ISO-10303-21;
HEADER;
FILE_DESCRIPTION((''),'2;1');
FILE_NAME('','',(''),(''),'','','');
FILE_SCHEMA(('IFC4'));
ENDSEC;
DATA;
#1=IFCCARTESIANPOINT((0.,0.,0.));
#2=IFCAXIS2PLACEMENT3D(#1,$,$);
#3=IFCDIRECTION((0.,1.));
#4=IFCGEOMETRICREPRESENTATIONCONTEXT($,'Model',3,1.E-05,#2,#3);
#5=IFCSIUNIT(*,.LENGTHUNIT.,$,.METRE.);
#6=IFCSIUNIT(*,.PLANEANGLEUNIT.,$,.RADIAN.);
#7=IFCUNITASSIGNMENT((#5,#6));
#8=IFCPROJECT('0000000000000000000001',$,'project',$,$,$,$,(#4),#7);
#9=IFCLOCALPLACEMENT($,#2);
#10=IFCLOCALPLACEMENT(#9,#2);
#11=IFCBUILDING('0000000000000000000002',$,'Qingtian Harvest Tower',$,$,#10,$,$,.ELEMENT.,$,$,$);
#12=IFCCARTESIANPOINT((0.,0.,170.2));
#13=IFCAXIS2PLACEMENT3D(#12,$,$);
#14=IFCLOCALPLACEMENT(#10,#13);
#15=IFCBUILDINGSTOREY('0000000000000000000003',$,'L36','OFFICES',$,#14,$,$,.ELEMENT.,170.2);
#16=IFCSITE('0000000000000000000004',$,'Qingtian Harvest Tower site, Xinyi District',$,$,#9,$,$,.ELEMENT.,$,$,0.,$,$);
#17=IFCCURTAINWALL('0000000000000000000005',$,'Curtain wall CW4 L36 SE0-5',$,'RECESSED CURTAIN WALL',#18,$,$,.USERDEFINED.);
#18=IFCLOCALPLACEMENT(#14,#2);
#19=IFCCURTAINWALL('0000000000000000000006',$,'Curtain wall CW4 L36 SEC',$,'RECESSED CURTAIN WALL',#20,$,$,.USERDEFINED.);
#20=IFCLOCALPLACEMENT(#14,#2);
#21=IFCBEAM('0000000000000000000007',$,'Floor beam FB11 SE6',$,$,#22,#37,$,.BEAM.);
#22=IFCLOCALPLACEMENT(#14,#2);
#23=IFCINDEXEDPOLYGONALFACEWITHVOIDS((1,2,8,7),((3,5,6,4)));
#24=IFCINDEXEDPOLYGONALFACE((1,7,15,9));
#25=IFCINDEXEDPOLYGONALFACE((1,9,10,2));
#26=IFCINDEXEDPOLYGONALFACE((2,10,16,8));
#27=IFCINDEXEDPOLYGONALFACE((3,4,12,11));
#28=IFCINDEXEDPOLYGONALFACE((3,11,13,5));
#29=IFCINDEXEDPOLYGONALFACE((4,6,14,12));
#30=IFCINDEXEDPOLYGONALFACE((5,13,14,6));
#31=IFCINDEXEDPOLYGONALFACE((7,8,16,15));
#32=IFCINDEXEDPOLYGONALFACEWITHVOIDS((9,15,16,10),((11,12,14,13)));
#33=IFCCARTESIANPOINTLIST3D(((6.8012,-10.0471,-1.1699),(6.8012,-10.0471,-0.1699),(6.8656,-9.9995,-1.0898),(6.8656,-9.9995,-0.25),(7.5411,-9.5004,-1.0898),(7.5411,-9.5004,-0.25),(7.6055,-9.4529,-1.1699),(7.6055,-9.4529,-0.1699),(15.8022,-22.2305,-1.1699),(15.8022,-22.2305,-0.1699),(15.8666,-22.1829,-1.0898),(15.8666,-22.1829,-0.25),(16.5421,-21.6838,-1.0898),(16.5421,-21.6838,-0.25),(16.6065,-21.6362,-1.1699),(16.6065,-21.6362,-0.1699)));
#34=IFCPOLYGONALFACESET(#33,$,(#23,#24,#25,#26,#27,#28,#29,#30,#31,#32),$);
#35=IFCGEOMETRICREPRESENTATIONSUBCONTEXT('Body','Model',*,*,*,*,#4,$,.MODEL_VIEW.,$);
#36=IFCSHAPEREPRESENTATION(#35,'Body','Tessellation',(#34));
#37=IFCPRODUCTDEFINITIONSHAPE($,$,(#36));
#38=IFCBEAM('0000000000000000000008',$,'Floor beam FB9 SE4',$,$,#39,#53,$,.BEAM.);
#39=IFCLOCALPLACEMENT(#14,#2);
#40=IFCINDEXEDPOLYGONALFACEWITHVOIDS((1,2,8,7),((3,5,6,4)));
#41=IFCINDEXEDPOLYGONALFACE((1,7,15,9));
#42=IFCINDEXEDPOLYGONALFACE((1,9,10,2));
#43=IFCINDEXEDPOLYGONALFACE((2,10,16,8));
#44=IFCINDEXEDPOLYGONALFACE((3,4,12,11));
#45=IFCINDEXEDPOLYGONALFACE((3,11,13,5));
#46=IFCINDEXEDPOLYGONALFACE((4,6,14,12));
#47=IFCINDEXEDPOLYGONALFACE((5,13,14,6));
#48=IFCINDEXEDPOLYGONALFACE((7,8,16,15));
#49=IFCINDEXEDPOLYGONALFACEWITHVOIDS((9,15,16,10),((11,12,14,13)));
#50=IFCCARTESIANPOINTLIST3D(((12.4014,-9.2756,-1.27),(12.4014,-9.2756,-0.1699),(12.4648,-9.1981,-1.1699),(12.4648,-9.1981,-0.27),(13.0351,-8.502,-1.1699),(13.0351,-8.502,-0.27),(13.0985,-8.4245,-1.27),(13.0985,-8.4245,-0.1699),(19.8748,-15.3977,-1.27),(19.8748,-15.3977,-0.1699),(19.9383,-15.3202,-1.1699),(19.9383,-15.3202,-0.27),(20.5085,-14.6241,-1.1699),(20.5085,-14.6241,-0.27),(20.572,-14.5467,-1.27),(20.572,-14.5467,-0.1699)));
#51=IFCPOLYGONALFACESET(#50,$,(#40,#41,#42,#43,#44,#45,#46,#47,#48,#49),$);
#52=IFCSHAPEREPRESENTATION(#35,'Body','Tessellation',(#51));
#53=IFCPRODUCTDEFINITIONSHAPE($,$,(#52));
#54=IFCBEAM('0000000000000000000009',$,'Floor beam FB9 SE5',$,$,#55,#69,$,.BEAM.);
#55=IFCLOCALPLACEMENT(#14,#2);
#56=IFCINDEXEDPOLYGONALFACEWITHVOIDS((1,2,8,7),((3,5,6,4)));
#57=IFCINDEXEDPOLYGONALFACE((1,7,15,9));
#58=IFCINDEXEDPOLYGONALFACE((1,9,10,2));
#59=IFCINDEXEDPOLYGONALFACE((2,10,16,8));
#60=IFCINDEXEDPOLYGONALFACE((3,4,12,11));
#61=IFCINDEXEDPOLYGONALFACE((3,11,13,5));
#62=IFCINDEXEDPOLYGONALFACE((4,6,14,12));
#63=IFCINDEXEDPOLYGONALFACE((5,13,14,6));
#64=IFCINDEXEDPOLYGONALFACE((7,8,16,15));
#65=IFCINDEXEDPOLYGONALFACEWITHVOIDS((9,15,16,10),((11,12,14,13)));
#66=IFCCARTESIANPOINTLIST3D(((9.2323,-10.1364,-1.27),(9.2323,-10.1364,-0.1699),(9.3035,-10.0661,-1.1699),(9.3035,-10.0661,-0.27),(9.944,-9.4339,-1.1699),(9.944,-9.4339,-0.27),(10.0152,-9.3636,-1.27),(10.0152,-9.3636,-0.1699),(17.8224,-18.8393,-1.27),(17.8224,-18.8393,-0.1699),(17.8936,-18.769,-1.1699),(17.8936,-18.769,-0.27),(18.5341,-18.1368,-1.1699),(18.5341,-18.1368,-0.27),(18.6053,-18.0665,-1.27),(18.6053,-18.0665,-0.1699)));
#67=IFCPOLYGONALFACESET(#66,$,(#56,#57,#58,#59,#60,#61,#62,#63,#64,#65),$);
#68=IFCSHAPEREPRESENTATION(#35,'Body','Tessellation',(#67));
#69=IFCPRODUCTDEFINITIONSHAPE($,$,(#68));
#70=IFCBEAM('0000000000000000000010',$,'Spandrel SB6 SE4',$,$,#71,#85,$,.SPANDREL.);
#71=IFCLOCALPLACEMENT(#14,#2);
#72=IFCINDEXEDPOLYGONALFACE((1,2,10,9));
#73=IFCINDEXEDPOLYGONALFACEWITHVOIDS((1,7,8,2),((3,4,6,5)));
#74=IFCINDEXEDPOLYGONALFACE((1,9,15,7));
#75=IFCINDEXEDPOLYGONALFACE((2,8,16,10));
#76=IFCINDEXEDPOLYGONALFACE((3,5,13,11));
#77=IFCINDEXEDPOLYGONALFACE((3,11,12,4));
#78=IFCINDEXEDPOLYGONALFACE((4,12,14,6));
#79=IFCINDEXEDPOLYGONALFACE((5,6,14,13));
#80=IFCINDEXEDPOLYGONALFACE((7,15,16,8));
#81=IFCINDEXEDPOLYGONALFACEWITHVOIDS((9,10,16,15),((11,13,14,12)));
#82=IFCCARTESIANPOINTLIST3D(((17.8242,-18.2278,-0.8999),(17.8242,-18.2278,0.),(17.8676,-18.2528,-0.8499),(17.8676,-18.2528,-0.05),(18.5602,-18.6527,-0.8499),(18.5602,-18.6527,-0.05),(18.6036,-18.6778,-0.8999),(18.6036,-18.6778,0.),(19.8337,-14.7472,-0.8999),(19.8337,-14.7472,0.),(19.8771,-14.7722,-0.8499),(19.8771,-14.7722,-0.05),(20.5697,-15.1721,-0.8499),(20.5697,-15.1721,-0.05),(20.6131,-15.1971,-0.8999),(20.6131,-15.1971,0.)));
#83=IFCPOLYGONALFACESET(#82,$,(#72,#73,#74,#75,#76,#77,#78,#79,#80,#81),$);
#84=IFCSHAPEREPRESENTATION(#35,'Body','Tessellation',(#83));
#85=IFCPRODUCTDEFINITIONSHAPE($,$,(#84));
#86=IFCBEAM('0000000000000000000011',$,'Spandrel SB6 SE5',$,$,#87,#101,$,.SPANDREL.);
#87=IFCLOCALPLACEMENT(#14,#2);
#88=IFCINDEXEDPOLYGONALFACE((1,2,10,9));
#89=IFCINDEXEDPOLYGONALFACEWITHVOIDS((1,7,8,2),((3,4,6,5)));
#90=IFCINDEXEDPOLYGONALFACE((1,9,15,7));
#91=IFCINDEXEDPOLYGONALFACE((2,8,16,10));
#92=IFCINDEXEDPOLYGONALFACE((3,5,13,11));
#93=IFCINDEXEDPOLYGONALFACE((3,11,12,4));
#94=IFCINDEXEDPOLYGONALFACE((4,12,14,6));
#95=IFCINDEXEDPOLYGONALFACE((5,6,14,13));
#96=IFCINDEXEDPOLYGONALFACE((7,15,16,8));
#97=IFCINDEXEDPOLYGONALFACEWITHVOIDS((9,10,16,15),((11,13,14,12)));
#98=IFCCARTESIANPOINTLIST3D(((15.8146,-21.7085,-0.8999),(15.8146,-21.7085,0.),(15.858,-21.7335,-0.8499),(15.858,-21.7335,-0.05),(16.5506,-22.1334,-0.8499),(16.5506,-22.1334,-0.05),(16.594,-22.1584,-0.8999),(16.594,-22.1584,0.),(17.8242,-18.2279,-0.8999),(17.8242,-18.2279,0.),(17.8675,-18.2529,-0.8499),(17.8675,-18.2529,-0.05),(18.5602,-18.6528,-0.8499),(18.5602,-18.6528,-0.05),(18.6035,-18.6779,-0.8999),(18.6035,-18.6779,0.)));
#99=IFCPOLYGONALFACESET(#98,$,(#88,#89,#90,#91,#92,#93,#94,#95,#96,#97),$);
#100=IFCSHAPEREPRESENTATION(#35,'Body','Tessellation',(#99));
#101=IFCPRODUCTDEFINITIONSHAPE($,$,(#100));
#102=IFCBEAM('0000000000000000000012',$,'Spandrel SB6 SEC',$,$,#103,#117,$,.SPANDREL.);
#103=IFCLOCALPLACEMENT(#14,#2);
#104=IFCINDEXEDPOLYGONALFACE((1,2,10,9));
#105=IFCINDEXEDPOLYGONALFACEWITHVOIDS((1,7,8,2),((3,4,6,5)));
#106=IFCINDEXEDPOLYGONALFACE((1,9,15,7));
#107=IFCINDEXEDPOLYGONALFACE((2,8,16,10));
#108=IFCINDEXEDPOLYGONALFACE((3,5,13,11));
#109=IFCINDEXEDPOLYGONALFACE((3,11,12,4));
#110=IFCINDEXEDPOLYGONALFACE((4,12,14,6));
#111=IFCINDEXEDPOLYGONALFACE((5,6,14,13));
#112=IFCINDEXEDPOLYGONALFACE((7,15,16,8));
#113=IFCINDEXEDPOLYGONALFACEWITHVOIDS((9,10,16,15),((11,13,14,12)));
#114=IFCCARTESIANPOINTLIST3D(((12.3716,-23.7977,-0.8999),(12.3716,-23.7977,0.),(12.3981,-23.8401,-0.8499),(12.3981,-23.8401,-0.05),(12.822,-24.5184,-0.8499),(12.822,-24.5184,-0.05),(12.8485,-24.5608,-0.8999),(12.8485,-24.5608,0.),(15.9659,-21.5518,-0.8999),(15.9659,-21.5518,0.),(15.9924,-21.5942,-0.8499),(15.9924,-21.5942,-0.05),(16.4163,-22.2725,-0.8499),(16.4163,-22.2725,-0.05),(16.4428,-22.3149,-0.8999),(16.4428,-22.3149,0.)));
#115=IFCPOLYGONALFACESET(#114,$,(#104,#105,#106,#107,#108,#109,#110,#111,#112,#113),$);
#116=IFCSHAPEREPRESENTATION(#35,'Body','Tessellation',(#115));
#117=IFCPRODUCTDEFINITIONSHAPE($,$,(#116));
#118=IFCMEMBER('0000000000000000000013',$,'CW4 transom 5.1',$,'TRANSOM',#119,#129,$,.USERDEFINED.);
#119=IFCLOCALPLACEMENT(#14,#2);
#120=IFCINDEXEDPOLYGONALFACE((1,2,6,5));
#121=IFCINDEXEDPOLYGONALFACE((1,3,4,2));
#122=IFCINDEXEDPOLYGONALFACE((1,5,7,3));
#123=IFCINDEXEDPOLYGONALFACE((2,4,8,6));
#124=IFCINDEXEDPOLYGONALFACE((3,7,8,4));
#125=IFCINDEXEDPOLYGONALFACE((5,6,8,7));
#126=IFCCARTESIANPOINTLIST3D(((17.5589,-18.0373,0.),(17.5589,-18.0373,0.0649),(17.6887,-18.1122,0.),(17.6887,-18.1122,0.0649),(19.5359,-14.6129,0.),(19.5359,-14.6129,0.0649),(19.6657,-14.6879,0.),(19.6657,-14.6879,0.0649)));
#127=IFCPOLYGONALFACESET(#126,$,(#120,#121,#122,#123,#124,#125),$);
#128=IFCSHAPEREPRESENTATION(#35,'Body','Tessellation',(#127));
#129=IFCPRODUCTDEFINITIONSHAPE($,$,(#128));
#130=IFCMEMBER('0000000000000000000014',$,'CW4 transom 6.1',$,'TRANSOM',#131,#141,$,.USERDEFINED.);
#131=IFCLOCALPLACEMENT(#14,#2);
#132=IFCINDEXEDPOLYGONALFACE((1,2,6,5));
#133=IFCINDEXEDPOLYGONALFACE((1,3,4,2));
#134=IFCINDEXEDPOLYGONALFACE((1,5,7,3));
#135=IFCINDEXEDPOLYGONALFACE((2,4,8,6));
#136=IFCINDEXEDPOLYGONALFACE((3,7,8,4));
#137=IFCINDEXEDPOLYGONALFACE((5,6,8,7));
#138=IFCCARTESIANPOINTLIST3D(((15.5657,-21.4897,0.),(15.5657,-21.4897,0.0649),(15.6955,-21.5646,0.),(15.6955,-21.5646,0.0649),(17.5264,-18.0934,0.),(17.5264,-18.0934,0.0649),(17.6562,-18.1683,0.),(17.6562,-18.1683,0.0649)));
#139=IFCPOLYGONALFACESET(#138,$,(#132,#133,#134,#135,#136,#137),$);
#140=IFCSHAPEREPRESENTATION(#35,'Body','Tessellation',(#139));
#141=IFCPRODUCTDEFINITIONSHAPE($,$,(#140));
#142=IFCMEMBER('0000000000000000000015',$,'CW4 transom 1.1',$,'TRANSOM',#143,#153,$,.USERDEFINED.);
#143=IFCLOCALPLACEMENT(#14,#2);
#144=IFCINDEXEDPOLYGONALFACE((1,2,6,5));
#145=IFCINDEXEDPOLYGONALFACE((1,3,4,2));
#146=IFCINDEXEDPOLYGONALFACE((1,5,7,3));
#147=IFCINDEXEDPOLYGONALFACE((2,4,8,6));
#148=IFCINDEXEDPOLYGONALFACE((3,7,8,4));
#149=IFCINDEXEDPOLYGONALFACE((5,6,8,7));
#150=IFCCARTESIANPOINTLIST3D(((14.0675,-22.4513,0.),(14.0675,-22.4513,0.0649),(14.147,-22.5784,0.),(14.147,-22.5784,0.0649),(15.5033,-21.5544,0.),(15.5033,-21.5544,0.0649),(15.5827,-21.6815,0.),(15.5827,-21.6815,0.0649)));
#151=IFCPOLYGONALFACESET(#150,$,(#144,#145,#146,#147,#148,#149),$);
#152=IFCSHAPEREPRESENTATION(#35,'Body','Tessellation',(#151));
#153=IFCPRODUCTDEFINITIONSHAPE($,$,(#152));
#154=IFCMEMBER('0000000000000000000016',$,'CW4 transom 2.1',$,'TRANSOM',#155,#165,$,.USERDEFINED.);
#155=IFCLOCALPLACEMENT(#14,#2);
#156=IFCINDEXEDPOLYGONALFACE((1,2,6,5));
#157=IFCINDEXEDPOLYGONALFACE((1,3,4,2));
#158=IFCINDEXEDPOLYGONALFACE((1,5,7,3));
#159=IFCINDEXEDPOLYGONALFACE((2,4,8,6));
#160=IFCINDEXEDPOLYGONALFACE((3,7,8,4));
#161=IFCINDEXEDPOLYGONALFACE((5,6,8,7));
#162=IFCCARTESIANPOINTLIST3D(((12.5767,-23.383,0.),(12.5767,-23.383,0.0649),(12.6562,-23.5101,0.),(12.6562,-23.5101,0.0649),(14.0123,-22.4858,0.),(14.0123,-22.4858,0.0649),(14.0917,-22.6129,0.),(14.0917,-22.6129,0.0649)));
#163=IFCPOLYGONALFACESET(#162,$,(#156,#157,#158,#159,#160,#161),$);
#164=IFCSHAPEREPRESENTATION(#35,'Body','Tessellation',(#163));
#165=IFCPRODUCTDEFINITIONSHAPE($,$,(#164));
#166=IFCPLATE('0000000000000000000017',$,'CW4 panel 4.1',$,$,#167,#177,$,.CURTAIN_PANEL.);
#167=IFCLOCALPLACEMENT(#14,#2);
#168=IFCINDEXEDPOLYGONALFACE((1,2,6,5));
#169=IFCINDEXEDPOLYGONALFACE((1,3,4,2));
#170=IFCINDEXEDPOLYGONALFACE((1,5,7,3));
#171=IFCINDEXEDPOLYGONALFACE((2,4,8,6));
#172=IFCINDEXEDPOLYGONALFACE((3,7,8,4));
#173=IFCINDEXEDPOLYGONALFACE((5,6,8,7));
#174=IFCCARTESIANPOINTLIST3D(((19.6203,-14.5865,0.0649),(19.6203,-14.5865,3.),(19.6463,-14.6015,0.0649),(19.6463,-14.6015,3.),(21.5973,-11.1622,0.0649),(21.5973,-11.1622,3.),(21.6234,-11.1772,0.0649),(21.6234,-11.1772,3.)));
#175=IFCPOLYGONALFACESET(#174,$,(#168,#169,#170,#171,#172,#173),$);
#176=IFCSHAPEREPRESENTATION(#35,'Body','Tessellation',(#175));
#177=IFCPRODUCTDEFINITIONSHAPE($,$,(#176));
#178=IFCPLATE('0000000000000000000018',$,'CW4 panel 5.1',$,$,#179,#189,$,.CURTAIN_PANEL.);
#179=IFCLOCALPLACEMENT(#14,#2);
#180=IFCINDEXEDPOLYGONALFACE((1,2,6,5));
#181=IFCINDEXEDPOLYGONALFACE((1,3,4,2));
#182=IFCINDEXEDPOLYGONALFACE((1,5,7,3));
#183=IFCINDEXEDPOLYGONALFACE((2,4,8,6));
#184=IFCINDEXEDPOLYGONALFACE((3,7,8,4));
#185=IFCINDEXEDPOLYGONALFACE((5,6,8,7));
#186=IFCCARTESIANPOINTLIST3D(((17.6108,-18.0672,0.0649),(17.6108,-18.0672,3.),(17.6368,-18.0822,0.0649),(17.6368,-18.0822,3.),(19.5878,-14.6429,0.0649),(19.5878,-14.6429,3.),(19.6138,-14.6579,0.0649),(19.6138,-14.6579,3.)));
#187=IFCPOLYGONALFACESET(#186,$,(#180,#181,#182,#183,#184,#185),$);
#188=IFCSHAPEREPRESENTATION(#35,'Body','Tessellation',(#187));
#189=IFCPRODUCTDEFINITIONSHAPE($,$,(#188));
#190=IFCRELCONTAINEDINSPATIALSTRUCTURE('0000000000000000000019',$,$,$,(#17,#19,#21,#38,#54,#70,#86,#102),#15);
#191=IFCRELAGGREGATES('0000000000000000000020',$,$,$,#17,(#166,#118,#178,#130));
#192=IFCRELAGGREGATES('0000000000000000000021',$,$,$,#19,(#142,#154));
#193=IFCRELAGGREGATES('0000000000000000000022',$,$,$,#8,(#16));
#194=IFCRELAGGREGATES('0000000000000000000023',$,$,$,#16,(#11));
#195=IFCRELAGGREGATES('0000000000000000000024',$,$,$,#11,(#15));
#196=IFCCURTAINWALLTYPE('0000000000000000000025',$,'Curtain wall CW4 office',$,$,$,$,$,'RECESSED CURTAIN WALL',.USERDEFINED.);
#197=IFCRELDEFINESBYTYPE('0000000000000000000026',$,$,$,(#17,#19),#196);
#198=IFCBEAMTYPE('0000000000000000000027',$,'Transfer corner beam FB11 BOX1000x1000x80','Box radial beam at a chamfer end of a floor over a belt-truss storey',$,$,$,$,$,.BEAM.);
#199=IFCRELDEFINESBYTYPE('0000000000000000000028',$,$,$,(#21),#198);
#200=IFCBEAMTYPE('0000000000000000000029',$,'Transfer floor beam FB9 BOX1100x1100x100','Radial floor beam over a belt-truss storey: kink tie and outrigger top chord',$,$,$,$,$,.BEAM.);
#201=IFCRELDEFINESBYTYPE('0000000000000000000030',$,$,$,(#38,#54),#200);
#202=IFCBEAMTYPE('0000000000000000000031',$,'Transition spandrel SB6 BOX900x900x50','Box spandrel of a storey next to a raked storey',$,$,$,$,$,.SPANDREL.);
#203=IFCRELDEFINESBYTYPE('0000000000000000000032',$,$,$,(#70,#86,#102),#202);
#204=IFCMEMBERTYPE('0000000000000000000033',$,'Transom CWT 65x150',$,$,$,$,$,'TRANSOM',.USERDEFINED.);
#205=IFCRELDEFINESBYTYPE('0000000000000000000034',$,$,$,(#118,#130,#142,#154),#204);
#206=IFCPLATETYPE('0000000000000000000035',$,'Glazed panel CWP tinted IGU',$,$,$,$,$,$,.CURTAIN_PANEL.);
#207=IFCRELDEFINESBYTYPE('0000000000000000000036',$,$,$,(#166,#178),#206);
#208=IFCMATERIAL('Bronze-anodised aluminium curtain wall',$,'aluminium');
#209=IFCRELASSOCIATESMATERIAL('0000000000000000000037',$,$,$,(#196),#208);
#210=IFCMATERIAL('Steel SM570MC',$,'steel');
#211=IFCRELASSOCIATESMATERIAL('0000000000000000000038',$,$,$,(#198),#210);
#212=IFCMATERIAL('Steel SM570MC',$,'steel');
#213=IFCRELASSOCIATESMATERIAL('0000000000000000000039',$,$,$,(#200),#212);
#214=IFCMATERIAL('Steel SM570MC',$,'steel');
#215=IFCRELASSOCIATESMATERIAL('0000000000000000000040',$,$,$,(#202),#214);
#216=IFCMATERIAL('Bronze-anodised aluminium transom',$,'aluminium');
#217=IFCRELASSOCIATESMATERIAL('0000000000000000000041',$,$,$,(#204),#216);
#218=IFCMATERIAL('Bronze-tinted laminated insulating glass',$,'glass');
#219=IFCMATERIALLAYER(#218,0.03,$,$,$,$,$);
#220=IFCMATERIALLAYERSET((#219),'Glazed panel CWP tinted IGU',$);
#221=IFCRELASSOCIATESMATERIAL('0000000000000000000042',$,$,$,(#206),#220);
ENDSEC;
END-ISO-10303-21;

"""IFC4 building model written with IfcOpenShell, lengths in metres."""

from ifc_helpers import new_model, si_unit, direction, frame, origin, origin_2d, place, context, subcontext, project, spatial, rectangle, hollow_rectangle, extrude, material, layer, layer_set, material_profile, profile_set, type_object, element, aggregate, save


model = new_model("IFC4")

# Units and contexts
model_context = context("Model", 3, precision=1e-05, world=origin(), true_north=direction((0.0, 1.0)))
body_context = subcontext(model_context, "Body", "Model", "MODEL_VIEW")
ifc_project = project(units=[si_unit("LENGTHUNIT", "METRE"), si_unit("PLANEANGLEUNIT", "RADIAN")], contexts=[model_context])

# Site, building, storey
site_placement = place(None, origin())
site = spatial("IfcSite", under=ifc_project, at=site_placement, Name="Qingtian Harvest Tower site, Xinyi District", CompositionType="ELEMENT", RefElevation=0.0)
building_placement = place(site_placement, origin())
building = spatial("IfcBuilding", under=site, at=building_placement, Name="Qingtian Harvest Tower", CompositionType="ELEMENT")
storey_placement = place(building_placement, frame((0.0, 0.0, 170.2)))
storey = spatial("IfcBuildingStorey", under=building, at=storey_placement, Name="L36", Description="OFFICES", CompositionType="ELEMENT", Elevation=170.2)

# Curtain walls
ifc_material_1 = material(Name="Bronze-anodised aluminium curtain wall", Category="aluminium")
curtain_wall_type = type_object("IfcCurtainWallType", Name="Curtain wall CW4 office", ElementType="RECESSED CURTAIN WALL", PredefinedType="USERDEFINED", material=ifc_material_1)
curtain_wall_1_placement = place(storey_placement, origin())
curtain_wall_1 = element("IfcCurtainWall", 1, at=curtain_wall_1_placement, inside=storey, type_object=curtain_wall_type, Name="Curtain wall CW4 L36 SE0-5", ObjectType="RECESSED CURTAIN WALL", PredefinedType="USERDEFINED")
curtain_wall_2_placement = place(storey_placement, origin())
curtain_wall_2 = element("IfcCurtainWall", 2, at=curtain_wall_2_placement, inside=storey, type_object=curtain_wall_type, Name="Curtain wall CW4 L36 SEC", ObjectType="RECESSED CURTAIN WALL", PredefinedType="USERDEFINED")

# Beams
ifc_material_2 = material(Name="Steel SM570MC", Category="steel")
ifc_material_profile_1 = material_profile(ifc_material_2, hollow_rectangle(XDim=1.0, YDim=1.0, WallThickness=0.0801, at=origin_2d()), Name="BOX1000x1000x80")
ifc_profile_set_1 = profile_set([ifc_material_profile_1], Name="Steel SM570MC")
beam_type_1 = type_object("IfcBeamType", Name="Transfer corner beam FB11 BOX1000x1000x80", Description="Box radial beam at a chamfer end of a floor over a belt-truss storey", PredefinedType="BEAM", material=ifc_profile_set_1)
beam_1_placement = place(storey_placement, frame((16.2043, -21.9333, -0.6699), z_axis=(-0.594216, 0.804306, 0.0), x_axis=(-0.804306, -0.594216, 0.0)))
element("IfcBeam", 3, at=beam_1_placement, inside=storey, type_object=beam_type_1, Name="Floor beam FB11 SE6", PredefinedType="BEAM", context=body_context, shape_type="SweptSolid", body=[
    extrude(hollow_rectangle(XDim=1.0, YDim=1.0, WallThickness=0.0801, at=origin_2d()), origin(), (0.0, 0.0, 1.0), 15.1477),
])
ifc_material_3 = material(Name="Steel SM570MC", Category="steel")
ifc_material_profile_2 = material_profile(ifc_material_3, hollow_rectangle(XDim=1.1001, YDim=1.1001, WallThickness=0.1001, at=origin_2d()), Name="BOX1100x1100x100")
ifc_profile_set_2 = profile_set([ifc_material_profile_2], Name="Steel SM570MC")
beam_type_2 = type_object("IfcBeamType", Name="Transfer floor beam FB9 BOX1100x1100x100", Description="Radial floor beam over a belt-truss storey: kink tie and outrigger top chord", PredefinedType="BEAM", material=ifc_profile_set_2)
beam_2_placement = place(storey_placement, frame((20.2234, -14.9722, -0.72), z_axis=(-0.773578, 0.633701, 0.0), x_axis=(-0.633701, -0.773578, 0.0)))
element("IfcBeam", 4, at=beam_2_placement, inside=storey, type_object=beam_type_2, Name="Floor beam FB9 SE4", PredefinedType="BEAM", context=body_context, shape_type="SweptSolid", body=[
    extrude(hollow_rectangle(XDim=1.1001, YDim=1.1001, WallThickness=0.1001, at=origin_2d()), origin(), (0.0, 0.0, 1.0), 9.6609),
])
beam_3_placement = place(storey_placement, frame((18.2139, -18.4529, -0.72), z_axis=(-0.70248, 0.711704, 0.0), x_axis=(-0.711704, -0.70248, 0.0)))
element("IfcBeam", 5, at=beam_3_placement, inside=storey, type_object=beam_type_2, Name="Floor beam FB9 SE5", PredefinedType="BEAM", context=body_context, shape_type="SweptSolid", body=[
    extrude(hollow_rectangle(XDim=1.1001, YDim=1.1001, WallThickness=0.1001, at=origin_2d()), origin(), (0.0, 0.0, 1.0), 12.2283),
])
ifc_material_4 = material(Name="Steel SM570MC", Category="steel")
ifc_material_profile_3 = material_profile(ifc_material_4, hollow_rectangle(XDim=0.8999, YDim=0.8999, WallThickness=0.05, at=origin_2d()), Name="BOX900x900x50")
ifc_profile_set_3 = profile_set([ifc_material_profile_3], Name="Steel SM570MC")
beam_type_3 = type_object("IfcBeamType", Name="Transition spandrel SB6 BOX900x900x50", Description="Box spandrel of a storey next to a raked storey", PredefinedType="SPANDREL", material=ifc_profile_set_3)
for number, where, z_axis, x_axis, name in (
    (6, (20.2234, -14.9722, -0.45), (-0.499987, -0.866033, 0.0), (0.866033, -0.499987, 0.0), "Spandrel SB6 SE4"),
    (7, (18.2139, -18.4529, -0.45), (-0.500013, -0.866018, 0.0), (0.866018, -0.500013, 0.0), "Spandrel SB6 SE5"),
):
    element("IfcBeam", number, at=place(storey_placement, frame(where, z_axis=z_axis, x_axis=x_axis)), inside=storey, type_object=beam_type_3, Name=name, PredefinedType="SPANDREL", context=body_context, shape_type="SweptSolid", body=[
        extrude(hollow_rectangle(XDim=0.8999, YDim=0.8999, WallThickness=0.05, at=origin_2d()), origin(), (0.0, 0.0, 1.0), 4.019),
    ])
beam_4_placement = place(storey_placement, frame((16.2043, -21.9333, -0.45), z_axis=(-0.848057, -0.529906, 0.0), x_axis=(0.529906, -0.848057, 0.0)))
element("IfcBeam", 8, at=beam_4_placement, inside=storey, type_object=beam_type_3, Name="Spandrel SB6 SEC", PredefinedType="SPANDREL", context=body_context, shape_type="SweptSolid", body=[
    extrude(hollow_rectangle(XDim=0.8999, YDim=0.8999, WallThickness=0.05, at=origin_2d()), origin(), (0.0, 0.0, 1.0), 4.2383),
])

# Members
ifc_material_5 = material(Name="Bronze-anodised aluminium transom", Category="aluminium")
ifc_material_profile_4 = material_profile(ifc_material_5, rectangle(XDim=0.1499, YDim=0.0649, at=origin_2d()), Name="AL 65x150")
ifc_profile_set_4 = profile_set([ifc_material_profile_4], Name="Bronze-anodised aluminium transom")
member_type_1 = type_object("IfcMemberType", Name="Transom CWT 65x150", ElementType="TRANSOM", PredefinedType="USERDEFINED", material=ifc_profile_set_4)
member_1_placement = place(storey_placement, frame((19.6008, -14.6504, 0.0325), z_axis=(-0.500004, -0.866023, 0.0), x_axis=(0.866023, -0.500004, 0.0)))
member_1 = element("IfcMember", 9, at=member_1_placement, type_object=member_type_1, Name="CW4 transom 5.1", ObjectType="TRANSOM", PredefinedType="USERDEFINED", context=body_context, shape_type="SweptSolid", body=[
    extrude(rectangle(XDim=0.1499, YDim=0.0649, at=origin_2d()), origin(), (0.0, 0.0, 1.0), 3.9541),
])
member_2_placement = place(storey_placement, frame((17.5913, -18.1309, 0.0325), z_axis=(-0.499976, -0.866039, 0.0), x_axis=(0.866039, -0.499976, 0.0)))
member_2 = element("IfcMember", 10, at=member_2_placement, type_object=member_type_1, Name="CW4 transom 6.1", ObjectType="TRANSOM", PredefinedType="USERDEFINED", context=body_context, shape_type="SweptSolid", body=[
    extrude(rectangle(XDim=0.1499, YDim=0.0649, at=origin_2d()), origin(), (0.0, 0.0, 1.0), 3.9216),
])
member_3_placement = place(storey_placement, frame((15.543, -21.6179, 0.0325), z_axis=(-0.848104, -0.52983, 0.0), x_axis=(0.52983, -0.848104, 0.0)))
member_3 = element("IfcMember", 11, at=member_3_placement, type_object=member_type_1, Name="CW4 transom 1.1", ObjectType="TRANSOM", PredefinedType="USERDEFINED", context=body_context, shape_type="SweptSolid", body=[
    extrude(rectangle(XDim=0.1499, YDim=0.0649, at=origin_2d()), origin(), (0.0, 0.0, 1.0), 1.6929),
])
member_4_placement = place(storey_placement, frame((14.052, -22.5493, 0.0325), z_axis=(-0.847998, -0.529999, 0.0), x_axis=(0.529999, -0.847998, 0.0)))
member_4 = element("IfcMember", 12, at=member_4_placement, type_object=member_type_1, Name="CW4 transom 2.1", ObjectType="TRANSOM", PredefinedType="USERDEFINED", context=body_context, shape_type="SweptSolid", body=[
    extrude(rectangle(XDim=0.1499, YDim=0.0649, at=origin_2d()), origin(), (0.0, 0.0, 1.0), 1.6929),
])

# Plates
ifc_material_6 = material(Name="Bronze-tinted laminated insulating glass", Category="glass")
ifc_layer_1 = layer(ifc_material_6, 0.03)
ifc_layer_set_1 = layer_set([ifc_layer_1], Name="Glazed panel CWP tinted IGU")
plate_type = type_object("IfcPlateType", Name="Glazed panel CWP tinted IGU", PredefinedType="CURTAIN_PANEL", material=ifc_layer_set_1)
plate_1_placement = place(storey_placement, frame((20.6218, -12.8818, 0.0649), z_axis=(0.0, 0.0, 1.0), x_axis=(-0.5, -0.866025, 0.0)))
plate_1 = element("IfcPlate", 13, at=plate_1_placement, type_object=plate_type, Name="CW4 panel 4.1", PredefinedType="CURTAIN_PANEL", context=body_context, shape_type="SweptSolid", body=[
    extrude(rectangle(XDim=3.9541, YDim=0.03, at=origin_2d()), origin(), (0.0, 0.0, 1.0), 2.9351),
])
plate_2_placement = place(storey_placement, frame((18.6123, -16.3625, 0.0649), z_axis=(0.0, 0.0, 1.0), x_axis=(-0.5, -0.866025, 0.0)))
plate_2 = element("IfcPlate", 14, at=plate_2_placement, type_object=plate_type, Name="CW4 panel 5.1", PredefinedType="CURTAIN_PANEL", context=body_context, shape_type="SweptSolid", body=[
    extrude(rectangle(XDim=3.9541, YDim=0.03, at=origin_2d()), origin(), (0.0, 0.0, 1.0), 2.9351),
])
aggregate(curtain_wall_1, [plate_1, member_1, plate_2, member_2])
aggregate(curtain_wall_2, [member_3, member_4])

save(model, "model.ifc")
